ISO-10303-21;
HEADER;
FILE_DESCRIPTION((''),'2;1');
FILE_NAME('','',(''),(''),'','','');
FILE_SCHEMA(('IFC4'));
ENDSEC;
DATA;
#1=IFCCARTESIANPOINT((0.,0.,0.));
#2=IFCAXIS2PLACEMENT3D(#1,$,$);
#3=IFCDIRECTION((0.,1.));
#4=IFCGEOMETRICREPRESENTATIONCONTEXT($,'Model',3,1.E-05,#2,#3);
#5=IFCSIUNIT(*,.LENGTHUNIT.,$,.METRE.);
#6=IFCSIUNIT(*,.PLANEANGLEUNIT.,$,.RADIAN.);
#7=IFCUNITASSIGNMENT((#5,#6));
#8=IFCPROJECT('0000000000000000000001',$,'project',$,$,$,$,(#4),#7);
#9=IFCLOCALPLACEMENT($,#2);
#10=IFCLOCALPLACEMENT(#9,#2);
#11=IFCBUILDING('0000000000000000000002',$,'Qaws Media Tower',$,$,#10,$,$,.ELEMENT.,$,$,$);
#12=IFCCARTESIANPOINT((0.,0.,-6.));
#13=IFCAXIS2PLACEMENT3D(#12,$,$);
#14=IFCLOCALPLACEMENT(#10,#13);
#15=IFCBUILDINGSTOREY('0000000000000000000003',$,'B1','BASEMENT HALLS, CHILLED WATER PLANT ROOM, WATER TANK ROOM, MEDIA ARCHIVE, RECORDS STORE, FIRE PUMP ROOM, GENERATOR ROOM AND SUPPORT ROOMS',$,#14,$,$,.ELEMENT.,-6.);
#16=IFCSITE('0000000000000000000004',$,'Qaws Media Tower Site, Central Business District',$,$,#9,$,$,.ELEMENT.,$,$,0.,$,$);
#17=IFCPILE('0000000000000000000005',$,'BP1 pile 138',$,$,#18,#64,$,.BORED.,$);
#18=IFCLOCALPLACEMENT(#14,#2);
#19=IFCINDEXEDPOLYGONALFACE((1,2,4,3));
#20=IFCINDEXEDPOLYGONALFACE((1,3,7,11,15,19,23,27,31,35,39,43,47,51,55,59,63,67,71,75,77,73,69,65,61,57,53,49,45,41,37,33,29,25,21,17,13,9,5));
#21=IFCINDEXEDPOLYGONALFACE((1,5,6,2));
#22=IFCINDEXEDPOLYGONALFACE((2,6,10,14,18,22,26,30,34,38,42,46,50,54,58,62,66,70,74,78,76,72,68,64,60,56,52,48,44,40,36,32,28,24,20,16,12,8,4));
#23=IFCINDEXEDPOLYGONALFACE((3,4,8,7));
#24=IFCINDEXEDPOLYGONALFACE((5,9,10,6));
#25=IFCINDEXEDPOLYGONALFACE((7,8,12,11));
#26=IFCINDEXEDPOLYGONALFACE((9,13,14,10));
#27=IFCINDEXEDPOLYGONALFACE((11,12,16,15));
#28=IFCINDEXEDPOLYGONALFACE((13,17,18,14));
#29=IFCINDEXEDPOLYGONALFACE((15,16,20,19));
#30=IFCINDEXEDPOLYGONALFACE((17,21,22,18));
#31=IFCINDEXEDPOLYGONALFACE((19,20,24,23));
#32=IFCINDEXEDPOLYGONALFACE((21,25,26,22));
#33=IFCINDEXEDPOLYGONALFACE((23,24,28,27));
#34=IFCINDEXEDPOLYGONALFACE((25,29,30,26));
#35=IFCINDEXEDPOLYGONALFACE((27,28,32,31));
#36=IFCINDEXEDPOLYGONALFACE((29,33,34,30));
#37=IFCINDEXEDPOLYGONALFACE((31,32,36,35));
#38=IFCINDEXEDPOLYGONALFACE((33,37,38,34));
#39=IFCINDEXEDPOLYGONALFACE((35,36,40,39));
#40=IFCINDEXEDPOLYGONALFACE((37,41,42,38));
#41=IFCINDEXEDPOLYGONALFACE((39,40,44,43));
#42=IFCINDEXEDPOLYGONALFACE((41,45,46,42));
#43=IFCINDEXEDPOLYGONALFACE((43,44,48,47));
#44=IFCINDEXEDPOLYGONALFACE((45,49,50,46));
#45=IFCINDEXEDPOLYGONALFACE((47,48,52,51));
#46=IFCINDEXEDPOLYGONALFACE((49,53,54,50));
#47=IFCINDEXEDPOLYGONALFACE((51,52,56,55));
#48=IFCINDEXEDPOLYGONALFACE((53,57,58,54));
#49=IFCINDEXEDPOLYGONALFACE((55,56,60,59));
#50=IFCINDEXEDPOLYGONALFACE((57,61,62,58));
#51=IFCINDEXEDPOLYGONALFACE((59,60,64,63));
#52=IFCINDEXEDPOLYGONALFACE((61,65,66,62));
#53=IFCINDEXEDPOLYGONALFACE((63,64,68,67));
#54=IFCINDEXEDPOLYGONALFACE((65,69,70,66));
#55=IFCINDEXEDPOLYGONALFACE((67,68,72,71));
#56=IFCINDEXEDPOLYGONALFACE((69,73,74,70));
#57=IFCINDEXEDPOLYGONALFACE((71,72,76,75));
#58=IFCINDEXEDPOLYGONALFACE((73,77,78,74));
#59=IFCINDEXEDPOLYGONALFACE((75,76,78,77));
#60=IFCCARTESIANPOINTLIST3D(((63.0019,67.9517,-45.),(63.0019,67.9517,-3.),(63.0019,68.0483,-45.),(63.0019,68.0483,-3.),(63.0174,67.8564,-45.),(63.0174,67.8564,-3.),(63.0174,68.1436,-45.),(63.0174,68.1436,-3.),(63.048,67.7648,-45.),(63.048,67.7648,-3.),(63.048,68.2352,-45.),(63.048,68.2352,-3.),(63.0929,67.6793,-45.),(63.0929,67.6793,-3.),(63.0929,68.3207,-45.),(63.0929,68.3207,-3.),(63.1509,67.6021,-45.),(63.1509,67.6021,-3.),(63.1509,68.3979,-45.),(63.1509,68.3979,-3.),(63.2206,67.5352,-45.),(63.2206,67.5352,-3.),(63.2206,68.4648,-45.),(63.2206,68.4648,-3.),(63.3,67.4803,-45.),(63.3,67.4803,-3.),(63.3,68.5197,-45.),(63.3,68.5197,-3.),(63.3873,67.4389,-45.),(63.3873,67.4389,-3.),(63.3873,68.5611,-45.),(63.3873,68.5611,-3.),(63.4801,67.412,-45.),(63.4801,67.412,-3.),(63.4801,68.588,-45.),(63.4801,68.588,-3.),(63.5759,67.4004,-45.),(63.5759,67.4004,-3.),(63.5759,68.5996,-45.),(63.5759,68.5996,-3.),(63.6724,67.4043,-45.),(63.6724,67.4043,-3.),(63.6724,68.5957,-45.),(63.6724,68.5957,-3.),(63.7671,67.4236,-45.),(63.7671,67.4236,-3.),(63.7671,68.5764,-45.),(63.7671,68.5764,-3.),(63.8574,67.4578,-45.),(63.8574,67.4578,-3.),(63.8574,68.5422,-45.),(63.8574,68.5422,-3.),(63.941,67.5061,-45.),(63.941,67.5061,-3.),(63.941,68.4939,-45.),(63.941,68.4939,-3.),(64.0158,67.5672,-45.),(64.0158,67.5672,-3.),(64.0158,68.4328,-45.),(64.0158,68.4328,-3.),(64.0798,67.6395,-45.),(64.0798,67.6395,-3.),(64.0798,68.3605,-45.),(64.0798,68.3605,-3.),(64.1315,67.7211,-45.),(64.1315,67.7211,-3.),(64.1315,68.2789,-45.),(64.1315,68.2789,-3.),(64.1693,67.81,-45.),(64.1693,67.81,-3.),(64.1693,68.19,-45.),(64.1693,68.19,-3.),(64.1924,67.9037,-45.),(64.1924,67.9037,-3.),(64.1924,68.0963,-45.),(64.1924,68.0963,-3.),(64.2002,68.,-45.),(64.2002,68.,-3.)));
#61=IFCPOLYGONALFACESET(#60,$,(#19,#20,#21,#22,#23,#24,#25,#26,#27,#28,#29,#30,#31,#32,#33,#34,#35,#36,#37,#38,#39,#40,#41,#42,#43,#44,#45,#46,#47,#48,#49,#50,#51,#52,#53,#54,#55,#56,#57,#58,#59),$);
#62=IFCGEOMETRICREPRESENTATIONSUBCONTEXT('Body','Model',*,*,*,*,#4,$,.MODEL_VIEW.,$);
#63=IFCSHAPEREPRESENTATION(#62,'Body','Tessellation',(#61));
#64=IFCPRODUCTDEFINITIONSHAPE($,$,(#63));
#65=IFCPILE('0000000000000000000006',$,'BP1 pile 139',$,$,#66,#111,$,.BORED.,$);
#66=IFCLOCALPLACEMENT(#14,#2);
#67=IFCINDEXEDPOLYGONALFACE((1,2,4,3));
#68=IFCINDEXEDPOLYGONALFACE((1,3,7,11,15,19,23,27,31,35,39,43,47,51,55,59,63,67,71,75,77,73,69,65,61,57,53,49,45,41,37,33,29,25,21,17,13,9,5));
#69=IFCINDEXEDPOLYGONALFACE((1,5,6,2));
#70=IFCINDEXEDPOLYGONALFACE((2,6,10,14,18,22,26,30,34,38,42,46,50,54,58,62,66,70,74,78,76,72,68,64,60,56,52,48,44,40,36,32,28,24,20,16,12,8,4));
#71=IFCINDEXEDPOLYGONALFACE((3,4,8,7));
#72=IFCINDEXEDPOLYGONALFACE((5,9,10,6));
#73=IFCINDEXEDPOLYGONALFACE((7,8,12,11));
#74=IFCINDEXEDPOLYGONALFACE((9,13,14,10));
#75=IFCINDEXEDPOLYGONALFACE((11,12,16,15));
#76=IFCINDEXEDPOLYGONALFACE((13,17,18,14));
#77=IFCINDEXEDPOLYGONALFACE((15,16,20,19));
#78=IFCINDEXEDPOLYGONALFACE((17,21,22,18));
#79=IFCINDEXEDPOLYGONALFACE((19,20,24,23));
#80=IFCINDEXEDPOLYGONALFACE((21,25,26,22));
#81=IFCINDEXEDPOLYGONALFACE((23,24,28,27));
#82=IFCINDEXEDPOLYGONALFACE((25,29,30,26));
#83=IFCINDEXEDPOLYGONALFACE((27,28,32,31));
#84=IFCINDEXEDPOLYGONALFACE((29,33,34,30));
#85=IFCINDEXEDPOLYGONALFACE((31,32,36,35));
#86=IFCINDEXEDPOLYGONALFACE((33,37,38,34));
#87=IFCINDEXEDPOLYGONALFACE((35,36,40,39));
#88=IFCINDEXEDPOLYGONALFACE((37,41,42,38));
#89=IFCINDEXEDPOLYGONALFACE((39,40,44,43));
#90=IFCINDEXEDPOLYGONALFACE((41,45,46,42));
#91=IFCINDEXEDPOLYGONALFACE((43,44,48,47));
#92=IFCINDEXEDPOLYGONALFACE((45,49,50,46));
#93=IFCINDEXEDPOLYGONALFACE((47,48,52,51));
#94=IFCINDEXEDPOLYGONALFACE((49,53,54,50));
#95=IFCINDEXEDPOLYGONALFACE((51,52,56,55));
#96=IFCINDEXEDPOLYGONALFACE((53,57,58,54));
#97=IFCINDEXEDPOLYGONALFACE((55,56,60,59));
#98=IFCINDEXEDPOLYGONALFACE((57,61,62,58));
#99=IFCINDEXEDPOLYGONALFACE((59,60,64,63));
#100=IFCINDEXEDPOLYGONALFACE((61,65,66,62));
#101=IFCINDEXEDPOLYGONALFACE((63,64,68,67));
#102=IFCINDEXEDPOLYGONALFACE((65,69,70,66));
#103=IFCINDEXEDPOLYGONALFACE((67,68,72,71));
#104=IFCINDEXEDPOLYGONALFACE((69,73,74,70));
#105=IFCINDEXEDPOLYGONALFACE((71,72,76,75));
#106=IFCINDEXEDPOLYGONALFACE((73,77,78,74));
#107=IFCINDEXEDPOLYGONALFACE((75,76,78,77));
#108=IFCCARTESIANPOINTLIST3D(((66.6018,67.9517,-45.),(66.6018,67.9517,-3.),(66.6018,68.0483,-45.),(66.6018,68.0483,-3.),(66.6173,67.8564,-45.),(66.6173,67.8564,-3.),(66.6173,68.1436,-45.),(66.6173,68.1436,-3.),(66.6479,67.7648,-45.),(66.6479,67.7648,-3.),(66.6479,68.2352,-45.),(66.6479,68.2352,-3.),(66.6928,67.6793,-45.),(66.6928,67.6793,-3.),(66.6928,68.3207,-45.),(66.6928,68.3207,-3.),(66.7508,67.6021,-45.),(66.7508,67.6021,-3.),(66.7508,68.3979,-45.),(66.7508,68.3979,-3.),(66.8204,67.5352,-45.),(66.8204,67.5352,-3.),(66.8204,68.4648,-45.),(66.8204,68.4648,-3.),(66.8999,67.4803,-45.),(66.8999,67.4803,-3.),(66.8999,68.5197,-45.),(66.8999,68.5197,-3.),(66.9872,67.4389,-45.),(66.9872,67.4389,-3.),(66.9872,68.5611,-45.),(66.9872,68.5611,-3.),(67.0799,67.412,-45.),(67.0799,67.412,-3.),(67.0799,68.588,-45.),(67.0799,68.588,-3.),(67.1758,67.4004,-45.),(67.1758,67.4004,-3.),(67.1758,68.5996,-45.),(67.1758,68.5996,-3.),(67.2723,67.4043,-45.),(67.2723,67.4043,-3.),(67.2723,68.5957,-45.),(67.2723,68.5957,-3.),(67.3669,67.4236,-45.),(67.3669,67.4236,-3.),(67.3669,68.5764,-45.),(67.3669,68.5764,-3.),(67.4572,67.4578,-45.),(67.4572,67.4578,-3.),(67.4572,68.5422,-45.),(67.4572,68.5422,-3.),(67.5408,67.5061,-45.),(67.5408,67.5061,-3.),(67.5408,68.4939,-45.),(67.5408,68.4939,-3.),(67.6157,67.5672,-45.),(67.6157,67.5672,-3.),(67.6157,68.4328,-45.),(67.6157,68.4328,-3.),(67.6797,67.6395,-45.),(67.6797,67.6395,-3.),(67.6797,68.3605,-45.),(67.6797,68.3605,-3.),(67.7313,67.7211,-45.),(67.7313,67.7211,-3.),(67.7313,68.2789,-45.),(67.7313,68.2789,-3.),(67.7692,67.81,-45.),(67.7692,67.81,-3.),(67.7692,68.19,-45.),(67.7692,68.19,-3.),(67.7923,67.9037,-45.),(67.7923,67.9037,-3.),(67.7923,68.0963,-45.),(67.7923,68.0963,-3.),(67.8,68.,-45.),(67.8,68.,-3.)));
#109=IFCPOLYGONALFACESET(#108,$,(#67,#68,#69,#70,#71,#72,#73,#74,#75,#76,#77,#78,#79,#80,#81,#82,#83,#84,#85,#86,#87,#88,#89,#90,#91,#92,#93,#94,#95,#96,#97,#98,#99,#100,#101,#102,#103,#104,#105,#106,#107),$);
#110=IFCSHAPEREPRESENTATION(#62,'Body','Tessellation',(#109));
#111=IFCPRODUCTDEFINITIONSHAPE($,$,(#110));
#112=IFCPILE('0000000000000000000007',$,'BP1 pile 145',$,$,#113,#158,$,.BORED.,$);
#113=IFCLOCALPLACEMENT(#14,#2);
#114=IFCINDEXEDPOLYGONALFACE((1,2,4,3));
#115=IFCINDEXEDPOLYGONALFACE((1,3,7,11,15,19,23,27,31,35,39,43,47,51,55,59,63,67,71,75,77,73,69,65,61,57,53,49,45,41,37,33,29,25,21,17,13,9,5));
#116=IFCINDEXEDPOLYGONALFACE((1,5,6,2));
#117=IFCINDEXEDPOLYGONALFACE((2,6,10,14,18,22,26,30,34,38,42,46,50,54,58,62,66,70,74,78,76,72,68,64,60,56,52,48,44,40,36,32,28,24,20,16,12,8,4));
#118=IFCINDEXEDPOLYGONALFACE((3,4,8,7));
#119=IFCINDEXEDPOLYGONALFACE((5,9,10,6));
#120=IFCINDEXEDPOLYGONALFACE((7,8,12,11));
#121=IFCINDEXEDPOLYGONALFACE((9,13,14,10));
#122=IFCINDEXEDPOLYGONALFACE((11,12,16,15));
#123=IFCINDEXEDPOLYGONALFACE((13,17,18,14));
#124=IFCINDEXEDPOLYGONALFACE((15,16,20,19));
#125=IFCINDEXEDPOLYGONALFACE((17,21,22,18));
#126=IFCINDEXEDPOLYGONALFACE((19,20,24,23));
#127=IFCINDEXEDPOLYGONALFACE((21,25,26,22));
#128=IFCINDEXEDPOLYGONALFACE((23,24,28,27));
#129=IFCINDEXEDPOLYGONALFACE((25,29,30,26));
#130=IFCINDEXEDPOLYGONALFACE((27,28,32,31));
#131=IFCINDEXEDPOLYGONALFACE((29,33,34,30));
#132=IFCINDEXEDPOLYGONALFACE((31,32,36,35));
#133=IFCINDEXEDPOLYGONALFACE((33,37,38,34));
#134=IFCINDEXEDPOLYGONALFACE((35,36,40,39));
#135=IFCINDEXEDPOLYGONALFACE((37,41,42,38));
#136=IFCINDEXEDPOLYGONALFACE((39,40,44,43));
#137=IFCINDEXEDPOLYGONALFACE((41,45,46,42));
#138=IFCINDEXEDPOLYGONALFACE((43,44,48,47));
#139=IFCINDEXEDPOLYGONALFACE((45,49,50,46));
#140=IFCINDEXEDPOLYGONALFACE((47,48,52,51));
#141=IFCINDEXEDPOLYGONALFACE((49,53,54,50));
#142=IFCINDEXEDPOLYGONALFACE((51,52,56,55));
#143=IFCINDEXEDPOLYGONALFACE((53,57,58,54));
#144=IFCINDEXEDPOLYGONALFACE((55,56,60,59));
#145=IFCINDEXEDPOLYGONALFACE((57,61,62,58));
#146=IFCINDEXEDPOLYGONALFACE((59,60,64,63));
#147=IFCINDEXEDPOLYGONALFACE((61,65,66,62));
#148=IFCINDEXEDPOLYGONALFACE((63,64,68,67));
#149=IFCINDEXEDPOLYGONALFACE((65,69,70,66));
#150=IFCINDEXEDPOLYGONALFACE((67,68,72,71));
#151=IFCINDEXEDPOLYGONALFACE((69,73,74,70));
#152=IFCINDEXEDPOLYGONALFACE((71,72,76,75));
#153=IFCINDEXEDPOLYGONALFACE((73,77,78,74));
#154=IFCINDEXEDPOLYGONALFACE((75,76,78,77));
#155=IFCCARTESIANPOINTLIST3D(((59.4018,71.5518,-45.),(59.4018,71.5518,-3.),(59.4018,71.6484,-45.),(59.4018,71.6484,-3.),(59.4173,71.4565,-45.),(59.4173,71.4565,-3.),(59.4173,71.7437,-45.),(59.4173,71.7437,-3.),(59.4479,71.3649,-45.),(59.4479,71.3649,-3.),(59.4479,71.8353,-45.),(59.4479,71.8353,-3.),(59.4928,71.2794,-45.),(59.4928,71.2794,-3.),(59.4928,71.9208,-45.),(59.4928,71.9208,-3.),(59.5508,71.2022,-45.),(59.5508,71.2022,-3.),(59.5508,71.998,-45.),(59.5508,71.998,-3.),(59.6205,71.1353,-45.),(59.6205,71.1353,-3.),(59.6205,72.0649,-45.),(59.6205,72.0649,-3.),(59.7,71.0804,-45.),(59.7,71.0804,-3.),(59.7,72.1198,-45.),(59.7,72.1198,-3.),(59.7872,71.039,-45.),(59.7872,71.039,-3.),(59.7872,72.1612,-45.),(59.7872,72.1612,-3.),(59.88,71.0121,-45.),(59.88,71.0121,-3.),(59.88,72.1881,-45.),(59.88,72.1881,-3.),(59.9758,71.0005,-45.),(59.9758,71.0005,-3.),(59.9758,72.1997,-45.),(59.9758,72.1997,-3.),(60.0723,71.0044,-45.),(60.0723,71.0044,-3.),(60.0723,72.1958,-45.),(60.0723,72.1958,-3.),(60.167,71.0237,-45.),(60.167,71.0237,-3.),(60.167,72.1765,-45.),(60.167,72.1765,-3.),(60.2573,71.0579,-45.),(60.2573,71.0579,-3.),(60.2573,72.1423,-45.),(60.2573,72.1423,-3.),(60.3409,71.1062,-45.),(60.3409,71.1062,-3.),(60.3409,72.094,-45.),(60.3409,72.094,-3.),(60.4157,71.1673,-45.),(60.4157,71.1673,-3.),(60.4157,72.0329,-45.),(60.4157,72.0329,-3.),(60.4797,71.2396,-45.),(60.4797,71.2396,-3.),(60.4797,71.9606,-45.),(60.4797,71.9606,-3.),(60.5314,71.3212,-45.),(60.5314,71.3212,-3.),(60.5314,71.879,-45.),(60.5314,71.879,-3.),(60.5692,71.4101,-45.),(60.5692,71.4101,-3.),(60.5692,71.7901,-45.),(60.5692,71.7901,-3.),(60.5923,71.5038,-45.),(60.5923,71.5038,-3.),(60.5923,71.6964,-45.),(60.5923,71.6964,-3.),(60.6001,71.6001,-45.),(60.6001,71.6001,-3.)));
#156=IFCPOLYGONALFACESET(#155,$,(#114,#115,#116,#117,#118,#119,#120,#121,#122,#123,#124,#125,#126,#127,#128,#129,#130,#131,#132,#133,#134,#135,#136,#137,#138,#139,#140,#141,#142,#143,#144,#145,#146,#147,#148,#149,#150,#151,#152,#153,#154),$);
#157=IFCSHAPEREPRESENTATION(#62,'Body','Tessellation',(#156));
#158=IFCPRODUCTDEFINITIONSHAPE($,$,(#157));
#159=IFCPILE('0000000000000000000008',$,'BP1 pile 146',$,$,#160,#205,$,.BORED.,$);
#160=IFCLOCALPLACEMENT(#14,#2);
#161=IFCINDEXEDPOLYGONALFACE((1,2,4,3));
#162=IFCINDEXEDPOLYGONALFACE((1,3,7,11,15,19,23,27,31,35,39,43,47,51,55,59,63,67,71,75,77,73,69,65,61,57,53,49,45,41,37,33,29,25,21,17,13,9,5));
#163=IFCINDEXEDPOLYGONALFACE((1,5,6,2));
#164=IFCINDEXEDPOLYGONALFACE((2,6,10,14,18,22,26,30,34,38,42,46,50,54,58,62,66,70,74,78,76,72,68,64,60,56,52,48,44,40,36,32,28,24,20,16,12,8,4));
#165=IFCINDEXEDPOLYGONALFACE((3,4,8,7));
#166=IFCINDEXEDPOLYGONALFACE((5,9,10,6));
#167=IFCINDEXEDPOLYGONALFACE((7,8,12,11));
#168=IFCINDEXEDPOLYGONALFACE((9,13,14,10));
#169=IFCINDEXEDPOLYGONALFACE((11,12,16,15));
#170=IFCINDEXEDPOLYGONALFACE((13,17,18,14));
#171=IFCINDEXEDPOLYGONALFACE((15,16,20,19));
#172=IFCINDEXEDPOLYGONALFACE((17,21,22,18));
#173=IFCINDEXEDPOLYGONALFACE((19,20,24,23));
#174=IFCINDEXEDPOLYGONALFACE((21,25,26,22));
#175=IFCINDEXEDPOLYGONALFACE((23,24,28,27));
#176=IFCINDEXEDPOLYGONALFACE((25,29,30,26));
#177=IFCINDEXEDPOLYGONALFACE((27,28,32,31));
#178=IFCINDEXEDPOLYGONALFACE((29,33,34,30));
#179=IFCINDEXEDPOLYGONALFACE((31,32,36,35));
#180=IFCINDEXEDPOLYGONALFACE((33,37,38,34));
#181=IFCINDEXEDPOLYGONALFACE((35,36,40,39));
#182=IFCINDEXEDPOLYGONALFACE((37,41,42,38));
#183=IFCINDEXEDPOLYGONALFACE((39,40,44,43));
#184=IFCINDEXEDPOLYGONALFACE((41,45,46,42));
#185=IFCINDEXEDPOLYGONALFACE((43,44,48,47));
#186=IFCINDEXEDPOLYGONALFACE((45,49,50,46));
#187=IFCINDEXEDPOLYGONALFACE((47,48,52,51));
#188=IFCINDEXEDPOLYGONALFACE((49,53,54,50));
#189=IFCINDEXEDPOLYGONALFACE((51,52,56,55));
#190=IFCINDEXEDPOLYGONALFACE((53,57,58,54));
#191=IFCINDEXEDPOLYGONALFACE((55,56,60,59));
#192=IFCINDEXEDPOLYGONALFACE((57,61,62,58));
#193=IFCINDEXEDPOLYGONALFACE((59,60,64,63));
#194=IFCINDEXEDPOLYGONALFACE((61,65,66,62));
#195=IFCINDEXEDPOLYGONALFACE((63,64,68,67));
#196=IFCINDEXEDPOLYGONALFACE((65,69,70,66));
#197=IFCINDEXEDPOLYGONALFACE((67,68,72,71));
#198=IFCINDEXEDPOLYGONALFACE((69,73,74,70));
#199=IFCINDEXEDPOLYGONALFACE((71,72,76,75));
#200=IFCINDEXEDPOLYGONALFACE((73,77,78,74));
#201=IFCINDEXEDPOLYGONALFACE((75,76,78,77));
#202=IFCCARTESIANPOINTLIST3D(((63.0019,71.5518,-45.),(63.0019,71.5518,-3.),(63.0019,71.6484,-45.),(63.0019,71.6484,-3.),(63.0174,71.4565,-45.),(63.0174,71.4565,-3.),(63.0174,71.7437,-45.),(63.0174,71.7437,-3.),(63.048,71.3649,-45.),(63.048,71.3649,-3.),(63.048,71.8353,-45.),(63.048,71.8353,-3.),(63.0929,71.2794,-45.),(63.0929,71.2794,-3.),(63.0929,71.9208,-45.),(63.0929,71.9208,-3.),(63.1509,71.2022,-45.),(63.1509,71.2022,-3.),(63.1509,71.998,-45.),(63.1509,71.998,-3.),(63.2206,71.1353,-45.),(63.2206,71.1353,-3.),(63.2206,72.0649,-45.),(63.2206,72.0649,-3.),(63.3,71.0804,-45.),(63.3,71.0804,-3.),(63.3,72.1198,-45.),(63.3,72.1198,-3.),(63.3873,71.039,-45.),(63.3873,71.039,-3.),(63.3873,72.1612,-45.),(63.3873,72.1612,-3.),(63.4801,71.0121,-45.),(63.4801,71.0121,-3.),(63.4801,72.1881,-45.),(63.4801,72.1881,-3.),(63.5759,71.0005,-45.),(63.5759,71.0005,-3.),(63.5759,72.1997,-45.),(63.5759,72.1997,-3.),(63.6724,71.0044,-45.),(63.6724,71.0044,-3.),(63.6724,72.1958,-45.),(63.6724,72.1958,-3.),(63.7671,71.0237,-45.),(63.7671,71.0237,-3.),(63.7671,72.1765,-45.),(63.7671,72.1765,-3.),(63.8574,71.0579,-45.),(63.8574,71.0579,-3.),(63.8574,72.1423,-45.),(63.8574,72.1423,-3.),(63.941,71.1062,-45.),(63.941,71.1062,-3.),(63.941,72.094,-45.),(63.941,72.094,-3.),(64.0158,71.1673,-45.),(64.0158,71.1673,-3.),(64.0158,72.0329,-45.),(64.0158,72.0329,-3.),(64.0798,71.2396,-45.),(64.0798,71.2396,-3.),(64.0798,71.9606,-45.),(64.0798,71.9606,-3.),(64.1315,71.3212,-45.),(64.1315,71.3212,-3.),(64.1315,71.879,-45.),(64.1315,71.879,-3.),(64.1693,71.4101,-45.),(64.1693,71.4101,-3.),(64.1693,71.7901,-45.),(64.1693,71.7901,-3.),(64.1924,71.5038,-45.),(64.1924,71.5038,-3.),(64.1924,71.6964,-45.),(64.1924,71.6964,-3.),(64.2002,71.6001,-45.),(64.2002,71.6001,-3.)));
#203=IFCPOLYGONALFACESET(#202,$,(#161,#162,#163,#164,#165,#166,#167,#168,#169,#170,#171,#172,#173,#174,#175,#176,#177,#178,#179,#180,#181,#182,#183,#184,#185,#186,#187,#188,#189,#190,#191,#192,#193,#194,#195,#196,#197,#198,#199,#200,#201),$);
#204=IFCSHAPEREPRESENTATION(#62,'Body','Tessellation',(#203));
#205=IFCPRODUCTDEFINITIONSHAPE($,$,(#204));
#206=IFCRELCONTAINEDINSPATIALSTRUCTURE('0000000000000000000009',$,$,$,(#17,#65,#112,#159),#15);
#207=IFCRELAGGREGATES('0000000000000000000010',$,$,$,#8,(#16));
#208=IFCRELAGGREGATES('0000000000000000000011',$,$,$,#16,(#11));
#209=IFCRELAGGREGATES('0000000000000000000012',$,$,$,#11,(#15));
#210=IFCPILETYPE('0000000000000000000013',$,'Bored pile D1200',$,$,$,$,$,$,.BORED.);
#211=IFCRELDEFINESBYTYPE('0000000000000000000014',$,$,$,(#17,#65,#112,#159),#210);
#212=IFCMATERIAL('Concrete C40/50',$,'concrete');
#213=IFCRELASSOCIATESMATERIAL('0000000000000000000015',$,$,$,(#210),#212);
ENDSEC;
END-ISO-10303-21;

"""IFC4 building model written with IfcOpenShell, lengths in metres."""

from ifc_helpers import new_model, si_unit, direction, frame, origin, origin_2d, place, context, subcontext, project, spatial, circle, extrude, material, material_profile, profile_set, type_object, element, save


model = new_model("IFC4")

# Units and contexts
model_context = context("Model", 3, precision=1e-05, world=origin(), true_north=direction((0.0, 1.0)))
body_context = subcontext(model_context, "Body", "Model", "MODEL_VIEW")
ifc_project = project(units=[si_unit("LENGTHUNIT", "METRE"), si_unit("PLANEANGLEUNIT", "RADIAN")], contexts=[model_context])

# Site, building, storey
site_placement = place(None, origin())
site = spatial("IfcSite", under=ifc_project, at=site_placement, Name="Qaws Media Tower Site, Central Business District", CompositionType="ELEMENT", RefElevation=0.0)
building_placement = place(site_placement, origin())
building = spatial("IfcBuilding", under=site, at=building_placement, Name="Qaws Media Tower", CompositionType="ELEMENT")
storey_placement = place(building_placement, frame((0.0, 0.0, -6.0)))
storey = spatial("IfcBuildingStorey", under=building, at=storey_placement, Name="B1", Description="BASEMENT HALLS, CHILLED WATER PLANT ROOM, WATER TANK ROOM, MEDIA ARCHIVE, RECORDS STORE, FIRE PUMP ROOM, GENERATOR ROOM AND SUPPORT ROOMS", CompositionType="ELEMENT", Elevation=-6.0)

# Piles
ifc_material_1 = material(Name="Concrete C40/50", Category="concrete")
ifc_material_profile_1 = material_profile(ifc_material_1, circle(Radius=0.6001, at=origin_2d()), Name="D1200")
ifc_profile_set_1 = profile_set([ifc_material_profile_1], Name="Concrete C40/50")
pile_type_1 = type_object("IfcPileType", Name="Bored pile D1200", PredefinedType="BORED", material=ifc_profile_set_1)
for number, where, z_axis, x_axis, name in (
    (1, (63.6001, 68.0, -3.0), (0.0, 0.0, -1.0), (1.0, 0.0, 0.0), "BP1 pile 138"),
    (2, (67.2, 68.0, -3.0), (0.0, 0.0, -1.0), (1.0, 0.0, 0.0), "BP1 pile 139"),
    (3, (60.0, 71.6001, -3.0), (0.0, 0.0, -1.0), (1.0, 0.0, 0.0), "BP1 pile 145"),
    (4, (63.6001, 71.6001, -3.0), (0.0, 0.0, -1.0), (1.0, 0.0, 0.0), "BP1 pile 146"),
):
    element("IfcPile", number, at=place(storey_placement, frame(where, z_axis=z_axis, x_axis=x_axis)), inside=storey, type_object=pile_type_1, Name=name, PredefinedType="BORED", context=body_context, shape_type="SweptSolid", body=[
        extrude(circle(Radius=0.6001, at=origin_2d()), origin(), (0.0, 0.0, 1.0), 42.0),
    ])

save(model, "model.ifc")
